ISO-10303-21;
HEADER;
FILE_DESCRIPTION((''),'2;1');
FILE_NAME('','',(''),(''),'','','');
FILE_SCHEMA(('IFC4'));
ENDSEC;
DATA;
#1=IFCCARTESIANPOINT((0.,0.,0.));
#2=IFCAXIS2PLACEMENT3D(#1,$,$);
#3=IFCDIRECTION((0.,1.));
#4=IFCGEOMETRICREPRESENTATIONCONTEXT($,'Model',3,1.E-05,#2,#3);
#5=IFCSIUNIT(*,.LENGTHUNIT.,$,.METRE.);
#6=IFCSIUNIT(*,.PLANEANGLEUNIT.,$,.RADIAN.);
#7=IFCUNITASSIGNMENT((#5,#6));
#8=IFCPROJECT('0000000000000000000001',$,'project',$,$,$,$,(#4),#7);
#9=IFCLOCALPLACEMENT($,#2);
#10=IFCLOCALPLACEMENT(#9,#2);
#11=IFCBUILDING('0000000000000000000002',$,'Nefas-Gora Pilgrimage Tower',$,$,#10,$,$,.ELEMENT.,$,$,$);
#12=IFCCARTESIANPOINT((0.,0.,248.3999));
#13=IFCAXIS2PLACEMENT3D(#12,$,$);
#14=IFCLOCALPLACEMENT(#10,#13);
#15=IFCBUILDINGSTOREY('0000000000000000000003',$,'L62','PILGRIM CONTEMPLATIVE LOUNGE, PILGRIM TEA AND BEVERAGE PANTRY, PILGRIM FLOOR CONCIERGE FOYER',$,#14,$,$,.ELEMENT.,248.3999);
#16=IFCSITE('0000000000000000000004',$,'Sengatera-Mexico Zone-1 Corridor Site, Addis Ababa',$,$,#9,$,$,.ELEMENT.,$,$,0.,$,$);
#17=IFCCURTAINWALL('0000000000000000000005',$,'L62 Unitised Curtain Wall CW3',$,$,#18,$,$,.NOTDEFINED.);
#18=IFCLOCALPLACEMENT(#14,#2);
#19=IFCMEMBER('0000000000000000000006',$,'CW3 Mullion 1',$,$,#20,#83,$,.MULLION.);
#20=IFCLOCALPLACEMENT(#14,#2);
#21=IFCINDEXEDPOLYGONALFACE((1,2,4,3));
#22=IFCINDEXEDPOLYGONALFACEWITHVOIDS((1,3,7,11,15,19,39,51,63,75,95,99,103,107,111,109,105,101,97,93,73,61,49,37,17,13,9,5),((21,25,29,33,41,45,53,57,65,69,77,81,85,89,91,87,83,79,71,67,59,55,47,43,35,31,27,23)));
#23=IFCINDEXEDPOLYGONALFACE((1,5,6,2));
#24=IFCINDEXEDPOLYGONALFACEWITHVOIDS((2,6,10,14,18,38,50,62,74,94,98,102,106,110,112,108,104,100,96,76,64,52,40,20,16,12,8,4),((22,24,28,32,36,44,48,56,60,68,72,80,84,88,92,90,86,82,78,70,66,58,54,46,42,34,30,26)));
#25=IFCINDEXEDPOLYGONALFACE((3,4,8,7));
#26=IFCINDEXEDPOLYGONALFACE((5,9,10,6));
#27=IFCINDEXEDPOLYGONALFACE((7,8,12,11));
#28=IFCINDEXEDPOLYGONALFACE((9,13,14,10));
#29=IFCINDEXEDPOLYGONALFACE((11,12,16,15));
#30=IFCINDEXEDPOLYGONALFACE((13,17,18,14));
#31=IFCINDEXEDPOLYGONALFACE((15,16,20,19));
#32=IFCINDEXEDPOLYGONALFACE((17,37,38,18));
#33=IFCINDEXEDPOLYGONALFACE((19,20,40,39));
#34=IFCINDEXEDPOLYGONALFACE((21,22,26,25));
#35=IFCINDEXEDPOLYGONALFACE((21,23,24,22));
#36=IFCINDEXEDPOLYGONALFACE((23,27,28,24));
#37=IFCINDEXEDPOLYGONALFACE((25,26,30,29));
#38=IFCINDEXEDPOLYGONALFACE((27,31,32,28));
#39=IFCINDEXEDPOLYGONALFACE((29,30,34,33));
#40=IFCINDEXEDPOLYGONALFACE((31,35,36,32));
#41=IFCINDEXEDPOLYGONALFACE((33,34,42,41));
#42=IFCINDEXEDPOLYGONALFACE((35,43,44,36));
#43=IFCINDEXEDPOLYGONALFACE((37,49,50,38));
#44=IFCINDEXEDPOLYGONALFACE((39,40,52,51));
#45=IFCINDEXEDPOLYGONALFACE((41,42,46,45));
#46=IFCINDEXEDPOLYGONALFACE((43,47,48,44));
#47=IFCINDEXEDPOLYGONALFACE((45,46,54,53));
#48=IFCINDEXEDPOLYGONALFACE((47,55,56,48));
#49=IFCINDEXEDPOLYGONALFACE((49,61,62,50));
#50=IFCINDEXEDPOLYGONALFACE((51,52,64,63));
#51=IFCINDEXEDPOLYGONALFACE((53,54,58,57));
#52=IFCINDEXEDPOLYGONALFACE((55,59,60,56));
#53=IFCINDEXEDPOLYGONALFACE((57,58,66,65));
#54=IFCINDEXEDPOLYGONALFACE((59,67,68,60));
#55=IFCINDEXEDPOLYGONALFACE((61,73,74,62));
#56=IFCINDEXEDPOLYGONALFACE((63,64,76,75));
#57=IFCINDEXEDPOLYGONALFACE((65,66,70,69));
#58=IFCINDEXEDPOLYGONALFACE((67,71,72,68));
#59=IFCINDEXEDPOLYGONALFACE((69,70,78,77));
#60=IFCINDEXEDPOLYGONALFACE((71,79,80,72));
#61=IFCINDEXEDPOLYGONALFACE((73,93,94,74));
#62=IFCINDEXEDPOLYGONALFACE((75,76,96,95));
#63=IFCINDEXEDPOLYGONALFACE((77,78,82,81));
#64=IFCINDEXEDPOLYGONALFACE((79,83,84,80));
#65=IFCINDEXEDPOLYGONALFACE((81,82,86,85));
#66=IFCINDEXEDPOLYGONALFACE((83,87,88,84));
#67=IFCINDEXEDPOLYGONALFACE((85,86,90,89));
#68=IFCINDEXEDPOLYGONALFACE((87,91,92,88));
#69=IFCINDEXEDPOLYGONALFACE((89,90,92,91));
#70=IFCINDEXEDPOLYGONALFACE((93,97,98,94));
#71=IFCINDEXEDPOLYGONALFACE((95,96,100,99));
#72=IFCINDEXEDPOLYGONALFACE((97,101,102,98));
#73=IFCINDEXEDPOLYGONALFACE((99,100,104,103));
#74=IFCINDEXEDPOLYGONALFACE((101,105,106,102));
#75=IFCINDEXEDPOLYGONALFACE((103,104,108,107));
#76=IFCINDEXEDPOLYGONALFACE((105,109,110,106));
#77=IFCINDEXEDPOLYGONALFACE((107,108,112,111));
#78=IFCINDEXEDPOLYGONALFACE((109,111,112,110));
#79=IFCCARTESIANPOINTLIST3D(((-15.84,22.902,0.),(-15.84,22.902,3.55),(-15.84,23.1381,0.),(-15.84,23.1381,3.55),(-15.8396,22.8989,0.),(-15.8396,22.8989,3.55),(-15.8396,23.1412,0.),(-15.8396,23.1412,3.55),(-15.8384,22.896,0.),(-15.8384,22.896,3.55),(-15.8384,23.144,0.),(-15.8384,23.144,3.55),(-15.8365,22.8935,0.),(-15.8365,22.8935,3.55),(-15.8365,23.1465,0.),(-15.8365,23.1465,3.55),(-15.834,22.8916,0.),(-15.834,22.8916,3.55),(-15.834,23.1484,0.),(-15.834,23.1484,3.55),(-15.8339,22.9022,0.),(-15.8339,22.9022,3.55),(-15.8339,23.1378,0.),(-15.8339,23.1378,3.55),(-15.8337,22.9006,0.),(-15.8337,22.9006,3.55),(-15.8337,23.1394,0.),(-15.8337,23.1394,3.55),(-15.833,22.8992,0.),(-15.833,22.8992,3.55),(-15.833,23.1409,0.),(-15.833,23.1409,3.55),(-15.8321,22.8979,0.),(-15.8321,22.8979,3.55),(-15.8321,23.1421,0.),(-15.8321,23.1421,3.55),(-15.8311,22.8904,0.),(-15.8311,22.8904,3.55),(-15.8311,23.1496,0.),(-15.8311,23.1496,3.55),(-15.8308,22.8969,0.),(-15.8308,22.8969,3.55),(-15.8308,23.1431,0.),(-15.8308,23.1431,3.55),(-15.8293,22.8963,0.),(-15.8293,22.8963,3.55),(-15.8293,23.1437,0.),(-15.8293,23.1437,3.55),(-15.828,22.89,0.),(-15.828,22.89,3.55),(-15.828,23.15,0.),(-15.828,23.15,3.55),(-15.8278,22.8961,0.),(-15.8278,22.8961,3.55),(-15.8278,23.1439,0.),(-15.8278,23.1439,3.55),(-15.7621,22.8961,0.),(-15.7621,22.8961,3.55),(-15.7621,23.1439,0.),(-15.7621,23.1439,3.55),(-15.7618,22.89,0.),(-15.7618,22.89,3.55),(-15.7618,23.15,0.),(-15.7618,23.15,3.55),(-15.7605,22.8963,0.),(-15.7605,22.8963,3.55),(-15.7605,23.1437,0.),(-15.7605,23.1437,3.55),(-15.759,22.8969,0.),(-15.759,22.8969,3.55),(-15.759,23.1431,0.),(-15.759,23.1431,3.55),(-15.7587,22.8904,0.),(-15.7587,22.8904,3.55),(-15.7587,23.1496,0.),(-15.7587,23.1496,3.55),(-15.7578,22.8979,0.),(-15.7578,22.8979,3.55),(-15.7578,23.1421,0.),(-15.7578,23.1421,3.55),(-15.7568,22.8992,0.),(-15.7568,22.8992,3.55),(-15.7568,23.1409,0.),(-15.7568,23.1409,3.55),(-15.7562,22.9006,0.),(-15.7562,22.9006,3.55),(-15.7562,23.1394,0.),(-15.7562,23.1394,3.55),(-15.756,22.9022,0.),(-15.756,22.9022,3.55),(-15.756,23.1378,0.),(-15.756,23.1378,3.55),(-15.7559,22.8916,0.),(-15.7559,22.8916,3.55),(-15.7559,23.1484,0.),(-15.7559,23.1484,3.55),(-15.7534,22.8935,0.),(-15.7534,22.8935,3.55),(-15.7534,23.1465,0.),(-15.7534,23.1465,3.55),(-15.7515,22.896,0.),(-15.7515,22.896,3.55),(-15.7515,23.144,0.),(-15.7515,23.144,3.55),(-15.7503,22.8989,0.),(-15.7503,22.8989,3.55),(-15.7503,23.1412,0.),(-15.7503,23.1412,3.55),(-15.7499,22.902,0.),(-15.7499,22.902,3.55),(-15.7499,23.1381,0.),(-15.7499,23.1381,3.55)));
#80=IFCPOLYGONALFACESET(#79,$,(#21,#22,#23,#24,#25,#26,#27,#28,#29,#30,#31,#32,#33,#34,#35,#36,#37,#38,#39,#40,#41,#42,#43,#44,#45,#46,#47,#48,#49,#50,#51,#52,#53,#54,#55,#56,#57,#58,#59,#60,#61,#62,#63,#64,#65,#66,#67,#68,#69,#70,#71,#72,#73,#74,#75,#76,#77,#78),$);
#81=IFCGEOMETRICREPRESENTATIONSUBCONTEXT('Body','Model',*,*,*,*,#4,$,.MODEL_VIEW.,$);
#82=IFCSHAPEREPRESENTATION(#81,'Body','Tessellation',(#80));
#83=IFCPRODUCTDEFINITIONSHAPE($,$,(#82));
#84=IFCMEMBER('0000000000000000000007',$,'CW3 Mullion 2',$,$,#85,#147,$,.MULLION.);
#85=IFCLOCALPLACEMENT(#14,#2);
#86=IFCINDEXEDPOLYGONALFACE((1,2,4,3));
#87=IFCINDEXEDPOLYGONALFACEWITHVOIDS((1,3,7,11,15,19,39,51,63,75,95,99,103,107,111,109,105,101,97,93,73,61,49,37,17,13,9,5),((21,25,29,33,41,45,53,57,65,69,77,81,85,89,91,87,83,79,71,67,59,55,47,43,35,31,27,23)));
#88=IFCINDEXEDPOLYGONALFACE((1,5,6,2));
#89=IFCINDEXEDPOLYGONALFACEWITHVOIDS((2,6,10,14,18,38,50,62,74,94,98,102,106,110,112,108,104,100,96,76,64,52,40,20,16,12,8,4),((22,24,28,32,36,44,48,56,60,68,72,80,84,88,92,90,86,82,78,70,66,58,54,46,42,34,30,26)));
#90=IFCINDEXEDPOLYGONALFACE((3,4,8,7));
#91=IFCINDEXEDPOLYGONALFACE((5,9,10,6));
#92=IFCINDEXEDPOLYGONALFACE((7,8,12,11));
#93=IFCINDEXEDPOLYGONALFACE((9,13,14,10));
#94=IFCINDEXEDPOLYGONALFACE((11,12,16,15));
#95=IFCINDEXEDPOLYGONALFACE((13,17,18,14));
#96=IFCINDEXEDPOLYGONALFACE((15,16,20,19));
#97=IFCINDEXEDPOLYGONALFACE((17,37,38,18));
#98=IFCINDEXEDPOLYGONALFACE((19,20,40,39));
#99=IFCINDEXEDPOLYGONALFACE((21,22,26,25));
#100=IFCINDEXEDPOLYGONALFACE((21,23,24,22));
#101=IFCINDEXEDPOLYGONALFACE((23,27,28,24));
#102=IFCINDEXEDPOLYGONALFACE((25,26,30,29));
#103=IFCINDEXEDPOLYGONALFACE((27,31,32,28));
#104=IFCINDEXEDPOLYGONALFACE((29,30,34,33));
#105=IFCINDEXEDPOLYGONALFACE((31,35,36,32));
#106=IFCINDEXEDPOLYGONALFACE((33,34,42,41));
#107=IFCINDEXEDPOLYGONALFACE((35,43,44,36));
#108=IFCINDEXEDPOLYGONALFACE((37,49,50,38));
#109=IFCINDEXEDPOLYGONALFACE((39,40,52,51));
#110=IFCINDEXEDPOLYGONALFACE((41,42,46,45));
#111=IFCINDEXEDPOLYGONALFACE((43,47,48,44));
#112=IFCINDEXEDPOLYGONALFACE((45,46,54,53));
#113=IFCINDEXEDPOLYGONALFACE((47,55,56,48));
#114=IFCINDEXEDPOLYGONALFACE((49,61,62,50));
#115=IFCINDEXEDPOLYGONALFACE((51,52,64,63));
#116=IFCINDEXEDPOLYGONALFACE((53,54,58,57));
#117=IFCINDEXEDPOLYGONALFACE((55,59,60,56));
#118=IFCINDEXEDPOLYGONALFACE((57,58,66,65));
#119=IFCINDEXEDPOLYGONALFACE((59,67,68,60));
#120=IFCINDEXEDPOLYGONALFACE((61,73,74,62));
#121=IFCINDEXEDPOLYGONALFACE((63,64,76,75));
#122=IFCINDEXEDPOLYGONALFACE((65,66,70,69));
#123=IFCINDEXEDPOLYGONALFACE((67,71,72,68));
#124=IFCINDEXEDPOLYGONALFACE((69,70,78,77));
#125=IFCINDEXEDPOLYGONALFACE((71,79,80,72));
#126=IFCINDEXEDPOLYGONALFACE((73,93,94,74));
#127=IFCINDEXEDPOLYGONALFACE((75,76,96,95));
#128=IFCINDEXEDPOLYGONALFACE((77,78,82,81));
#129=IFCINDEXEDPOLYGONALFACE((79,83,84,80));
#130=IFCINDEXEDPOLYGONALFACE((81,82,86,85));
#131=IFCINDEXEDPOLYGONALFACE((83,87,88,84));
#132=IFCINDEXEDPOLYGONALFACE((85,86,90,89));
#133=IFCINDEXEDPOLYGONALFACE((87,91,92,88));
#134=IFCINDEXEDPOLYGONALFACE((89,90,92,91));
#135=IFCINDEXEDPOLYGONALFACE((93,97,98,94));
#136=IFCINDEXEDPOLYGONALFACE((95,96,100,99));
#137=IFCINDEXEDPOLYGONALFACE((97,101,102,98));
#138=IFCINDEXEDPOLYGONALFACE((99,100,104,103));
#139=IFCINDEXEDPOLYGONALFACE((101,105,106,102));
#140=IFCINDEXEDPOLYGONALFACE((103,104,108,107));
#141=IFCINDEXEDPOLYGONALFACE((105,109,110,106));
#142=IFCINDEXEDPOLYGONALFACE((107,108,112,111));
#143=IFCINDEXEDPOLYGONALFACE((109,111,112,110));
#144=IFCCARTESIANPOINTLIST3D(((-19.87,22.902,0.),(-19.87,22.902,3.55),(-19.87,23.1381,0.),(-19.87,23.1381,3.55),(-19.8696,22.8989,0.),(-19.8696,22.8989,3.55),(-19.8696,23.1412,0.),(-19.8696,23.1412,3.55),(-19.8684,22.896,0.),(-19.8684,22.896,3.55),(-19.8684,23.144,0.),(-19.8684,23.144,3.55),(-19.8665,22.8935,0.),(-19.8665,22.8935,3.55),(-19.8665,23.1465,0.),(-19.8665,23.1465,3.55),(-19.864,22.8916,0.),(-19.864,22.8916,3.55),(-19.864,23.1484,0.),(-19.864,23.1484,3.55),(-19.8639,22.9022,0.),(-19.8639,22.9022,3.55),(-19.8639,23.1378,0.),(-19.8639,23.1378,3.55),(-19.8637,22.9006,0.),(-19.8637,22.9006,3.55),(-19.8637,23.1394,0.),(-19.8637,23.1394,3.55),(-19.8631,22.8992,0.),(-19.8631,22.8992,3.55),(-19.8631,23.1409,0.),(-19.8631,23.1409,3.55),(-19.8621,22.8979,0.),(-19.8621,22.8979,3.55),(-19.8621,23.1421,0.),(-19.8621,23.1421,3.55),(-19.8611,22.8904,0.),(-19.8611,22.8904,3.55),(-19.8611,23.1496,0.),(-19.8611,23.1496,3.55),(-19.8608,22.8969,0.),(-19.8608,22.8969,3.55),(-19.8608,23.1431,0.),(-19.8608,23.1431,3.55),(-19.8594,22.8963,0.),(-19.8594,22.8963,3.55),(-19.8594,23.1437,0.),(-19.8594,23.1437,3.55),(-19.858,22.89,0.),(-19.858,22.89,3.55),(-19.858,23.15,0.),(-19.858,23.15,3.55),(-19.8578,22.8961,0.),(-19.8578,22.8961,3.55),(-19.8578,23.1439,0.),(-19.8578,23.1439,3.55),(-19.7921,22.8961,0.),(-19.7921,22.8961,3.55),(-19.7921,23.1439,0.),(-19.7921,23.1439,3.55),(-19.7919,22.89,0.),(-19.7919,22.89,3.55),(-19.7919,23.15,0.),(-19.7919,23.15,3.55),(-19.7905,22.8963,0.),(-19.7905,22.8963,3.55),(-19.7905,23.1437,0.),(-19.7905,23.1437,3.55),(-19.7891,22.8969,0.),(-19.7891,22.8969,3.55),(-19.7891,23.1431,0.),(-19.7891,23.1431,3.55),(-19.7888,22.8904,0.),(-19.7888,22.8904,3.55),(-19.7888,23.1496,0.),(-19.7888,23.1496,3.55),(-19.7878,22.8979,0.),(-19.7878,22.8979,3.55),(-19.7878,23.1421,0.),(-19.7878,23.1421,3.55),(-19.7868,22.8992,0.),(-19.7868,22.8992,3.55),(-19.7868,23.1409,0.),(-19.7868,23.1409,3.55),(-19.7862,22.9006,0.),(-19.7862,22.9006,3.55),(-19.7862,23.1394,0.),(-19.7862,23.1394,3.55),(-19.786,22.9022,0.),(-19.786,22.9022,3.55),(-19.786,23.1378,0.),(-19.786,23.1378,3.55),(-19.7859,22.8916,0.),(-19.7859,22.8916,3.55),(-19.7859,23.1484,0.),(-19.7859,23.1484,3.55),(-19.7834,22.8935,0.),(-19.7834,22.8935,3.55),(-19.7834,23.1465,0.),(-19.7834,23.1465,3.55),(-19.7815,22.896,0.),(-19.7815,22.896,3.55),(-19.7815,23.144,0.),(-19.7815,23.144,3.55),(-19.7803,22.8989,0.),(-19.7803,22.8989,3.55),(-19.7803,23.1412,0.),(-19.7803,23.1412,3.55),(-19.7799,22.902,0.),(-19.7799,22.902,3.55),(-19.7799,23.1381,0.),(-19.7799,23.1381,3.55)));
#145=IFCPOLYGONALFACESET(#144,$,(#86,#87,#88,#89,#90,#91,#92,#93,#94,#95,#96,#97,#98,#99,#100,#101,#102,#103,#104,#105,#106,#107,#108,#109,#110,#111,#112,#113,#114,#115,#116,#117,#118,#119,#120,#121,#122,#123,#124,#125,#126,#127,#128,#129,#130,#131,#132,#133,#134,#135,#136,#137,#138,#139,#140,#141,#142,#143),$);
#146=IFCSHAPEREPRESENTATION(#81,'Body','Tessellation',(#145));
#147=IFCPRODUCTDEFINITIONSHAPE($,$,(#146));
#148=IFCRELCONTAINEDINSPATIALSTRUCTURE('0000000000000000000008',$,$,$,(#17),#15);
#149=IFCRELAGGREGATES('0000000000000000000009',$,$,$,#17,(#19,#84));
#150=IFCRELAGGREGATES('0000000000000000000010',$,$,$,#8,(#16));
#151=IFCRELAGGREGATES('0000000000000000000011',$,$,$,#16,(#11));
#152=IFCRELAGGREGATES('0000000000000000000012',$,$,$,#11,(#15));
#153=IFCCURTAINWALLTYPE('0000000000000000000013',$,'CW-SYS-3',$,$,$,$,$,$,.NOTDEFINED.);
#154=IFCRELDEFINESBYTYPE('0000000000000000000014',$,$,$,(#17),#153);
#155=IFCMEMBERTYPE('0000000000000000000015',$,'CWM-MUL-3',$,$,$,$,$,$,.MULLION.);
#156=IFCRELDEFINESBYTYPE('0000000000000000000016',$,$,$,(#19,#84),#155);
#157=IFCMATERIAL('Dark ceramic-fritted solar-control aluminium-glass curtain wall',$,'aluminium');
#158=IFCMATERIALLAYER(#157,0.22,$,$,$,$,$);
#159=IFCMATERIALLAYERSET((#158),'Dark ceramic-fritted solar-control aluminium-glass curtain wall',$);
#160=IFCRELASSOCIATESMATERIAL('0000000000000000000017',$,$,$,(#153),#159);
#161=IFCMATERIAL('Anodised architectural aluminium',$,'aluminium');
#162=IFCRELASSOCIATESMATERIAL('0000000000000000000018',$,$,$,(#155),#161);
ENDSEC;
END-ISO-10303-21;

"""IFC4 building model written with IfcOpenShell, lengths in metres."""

from ifc_helpers import new_model, si_unit, direction, frame, origin, origin_2d, place, context, subcontext, project, spatial, hollow_rectangle, extrude, source, transform, mapped, material, layer, layer_set, material_profile, profile_set, type_object, element, aggregate, save


model = new_model("IFC4")

# Units and contexts
model_context = context("Model", 3, precision=1e-05, world=origin(), true_north=direction((0.0, 1.0)))
body_context = subcontext(model_context, "Body", "Model", "MODEL_VIEW")
ifc_project = project(units=[si_unit("LENGTHUNIT", "METRE"), si_unit("PLANEANGLEUNIT", "RADIAN")], contexts=[model_context])

# Site, building, storey
site_placement = place(None, origin())
site = spatial("IfcSite", under=ifc_project, at=site_placement, Name="Sengatera-Mexico Zone-1 Corridor Site, Addis Ababa", CompositionType="ELEMENT", RefElevation=0.0)
building_placement = place(site_placement, origin())
building = spatial("IfcBuilding", under=site, at=building_placement, Name="Nefas-Gora Pilgrimage Tower", CompositionType="ELEMENT")
storey_placement = place(building_placement, frame((0.0, 0.0, 248.3999)))
storey = spatial("IfcBuildingStorey", under=building, at=storey_placement, Name="L62", Description="PILGRIM CONTEMPLATIVE LOUNGE, PILGRIM TEA AND BEVERAGE PANTRY, PILGRIM FLOOR CONCIERGE FOYER", CompositionType="ELEMENT", Elevation=248.3999)

# Curtain wall, members
ifc_material_1 = material(Name="Dark ceramic-fritted solar-control aluminium-glass curtain wall", Category="aluminium")
ifc_material_2 = material(Name="Anodised architectural aluminium", Category="aluminium")
ifc_layer_1 = layer(ifc_material_1, 0.22)
ifc_layer_set_1 = layer_set([ifc_layer_1], Name="Dark ceramic-fritted solar-control aluminium-glass curtain wall")
curtain_wall_type_1 = type_object("IfcCurtainWallType", Name="CW-SYS-3", PredefinedType="NOTDEFINED", material=ifc_layer_set_1)
curtain_wall_1_placement = place(storey_placement, origin())
curtain_wall_1 = element("IfcCurtainWall", 1, at=curtain_wall_1_placement, inside=storey, type_object=curtain_wall_type_1, Name="L62 Unitised Curtain Wall CW3", PredefinedType="NOTDEFINED")
ifc_material_profile_1 = material_profile(ifc_material_2, hollow_rectangle(XDim=0.0901, YDim=0.26, WallThickness=0.0061, InnerFilletRadius=0.0061, OuterFilletRadius=0.012, at=origin_2d()), Name="ALU MULLION 90x260")
ifc_profile_set_1 = profile_set([ifc_material_profile_1], Name="Anodised architectural aluminium")
member_type_1 = type_object("IfcMemberType", Name="CWM-MUL-3", PredefinedType="MULLION", material=ifc_profile_set_1)
shared_shape_1 = source(origin(), body_context, "Body", "SweptSolid", [
    extrude(hollow_rectangle(XDim=0.0901, YDim=0.26, WallThickness=0.0061, InnerFilletRadius=0.0061, OuterFilletRadius=0.012, at=origin_2d()), origin(), (0.0, 0.0, 1.0), 3.55),
])
member_1_placement = place(storey_placement, frame((-15.7949, 23.02, 0.0), z_axis=(0.0, 0.0, 1.0), x_axis=(-1.0, 0.0, 0.0)))
member_1 = element("IfcMember", 2, at=member_1_placement, type_object=member_type_1, Name="CW3 Mullion 1", PredefinedType="MULLION", context=body_context, shape_type="MappedRepresentation", body=[
    mapped(shared_shape_1, transform((0.0, 0.0, 0.0), x_axis=(1.0, 0.0, 0.0), y_axis=(0.0, 1.0, 0.0), z_axis=(0.0, 0.0, 1.0), scale=1.0)),
])
member_2_placement = place(storey_placement, frame((-19.825, 23.02, 0.0), z_axis=(0.0, 0.0, 1.0), x_axis=(-1.0, 0.0, 0.0)))
member_2 = element("IfcMember", 3, at=member_2_placement, type_object=member_type_1, Name="CW3 Mullion 2", PredefinedType="MULLION", context=body_context, shape_type="MappedRepresentation", body=[
    mapped(shared_shape_1, transform((0.0, 0.0, 0.0), x_axis=(1.0, 0.0, 0.0), y_axis=(0.0, 1.0, 0.0), z_axis=(0.0, 0.0, 1.0), scale=1.0)),
])

aggregate(curtain_wall_1, [member_1, member_2])

save(model, "model.ifc")
